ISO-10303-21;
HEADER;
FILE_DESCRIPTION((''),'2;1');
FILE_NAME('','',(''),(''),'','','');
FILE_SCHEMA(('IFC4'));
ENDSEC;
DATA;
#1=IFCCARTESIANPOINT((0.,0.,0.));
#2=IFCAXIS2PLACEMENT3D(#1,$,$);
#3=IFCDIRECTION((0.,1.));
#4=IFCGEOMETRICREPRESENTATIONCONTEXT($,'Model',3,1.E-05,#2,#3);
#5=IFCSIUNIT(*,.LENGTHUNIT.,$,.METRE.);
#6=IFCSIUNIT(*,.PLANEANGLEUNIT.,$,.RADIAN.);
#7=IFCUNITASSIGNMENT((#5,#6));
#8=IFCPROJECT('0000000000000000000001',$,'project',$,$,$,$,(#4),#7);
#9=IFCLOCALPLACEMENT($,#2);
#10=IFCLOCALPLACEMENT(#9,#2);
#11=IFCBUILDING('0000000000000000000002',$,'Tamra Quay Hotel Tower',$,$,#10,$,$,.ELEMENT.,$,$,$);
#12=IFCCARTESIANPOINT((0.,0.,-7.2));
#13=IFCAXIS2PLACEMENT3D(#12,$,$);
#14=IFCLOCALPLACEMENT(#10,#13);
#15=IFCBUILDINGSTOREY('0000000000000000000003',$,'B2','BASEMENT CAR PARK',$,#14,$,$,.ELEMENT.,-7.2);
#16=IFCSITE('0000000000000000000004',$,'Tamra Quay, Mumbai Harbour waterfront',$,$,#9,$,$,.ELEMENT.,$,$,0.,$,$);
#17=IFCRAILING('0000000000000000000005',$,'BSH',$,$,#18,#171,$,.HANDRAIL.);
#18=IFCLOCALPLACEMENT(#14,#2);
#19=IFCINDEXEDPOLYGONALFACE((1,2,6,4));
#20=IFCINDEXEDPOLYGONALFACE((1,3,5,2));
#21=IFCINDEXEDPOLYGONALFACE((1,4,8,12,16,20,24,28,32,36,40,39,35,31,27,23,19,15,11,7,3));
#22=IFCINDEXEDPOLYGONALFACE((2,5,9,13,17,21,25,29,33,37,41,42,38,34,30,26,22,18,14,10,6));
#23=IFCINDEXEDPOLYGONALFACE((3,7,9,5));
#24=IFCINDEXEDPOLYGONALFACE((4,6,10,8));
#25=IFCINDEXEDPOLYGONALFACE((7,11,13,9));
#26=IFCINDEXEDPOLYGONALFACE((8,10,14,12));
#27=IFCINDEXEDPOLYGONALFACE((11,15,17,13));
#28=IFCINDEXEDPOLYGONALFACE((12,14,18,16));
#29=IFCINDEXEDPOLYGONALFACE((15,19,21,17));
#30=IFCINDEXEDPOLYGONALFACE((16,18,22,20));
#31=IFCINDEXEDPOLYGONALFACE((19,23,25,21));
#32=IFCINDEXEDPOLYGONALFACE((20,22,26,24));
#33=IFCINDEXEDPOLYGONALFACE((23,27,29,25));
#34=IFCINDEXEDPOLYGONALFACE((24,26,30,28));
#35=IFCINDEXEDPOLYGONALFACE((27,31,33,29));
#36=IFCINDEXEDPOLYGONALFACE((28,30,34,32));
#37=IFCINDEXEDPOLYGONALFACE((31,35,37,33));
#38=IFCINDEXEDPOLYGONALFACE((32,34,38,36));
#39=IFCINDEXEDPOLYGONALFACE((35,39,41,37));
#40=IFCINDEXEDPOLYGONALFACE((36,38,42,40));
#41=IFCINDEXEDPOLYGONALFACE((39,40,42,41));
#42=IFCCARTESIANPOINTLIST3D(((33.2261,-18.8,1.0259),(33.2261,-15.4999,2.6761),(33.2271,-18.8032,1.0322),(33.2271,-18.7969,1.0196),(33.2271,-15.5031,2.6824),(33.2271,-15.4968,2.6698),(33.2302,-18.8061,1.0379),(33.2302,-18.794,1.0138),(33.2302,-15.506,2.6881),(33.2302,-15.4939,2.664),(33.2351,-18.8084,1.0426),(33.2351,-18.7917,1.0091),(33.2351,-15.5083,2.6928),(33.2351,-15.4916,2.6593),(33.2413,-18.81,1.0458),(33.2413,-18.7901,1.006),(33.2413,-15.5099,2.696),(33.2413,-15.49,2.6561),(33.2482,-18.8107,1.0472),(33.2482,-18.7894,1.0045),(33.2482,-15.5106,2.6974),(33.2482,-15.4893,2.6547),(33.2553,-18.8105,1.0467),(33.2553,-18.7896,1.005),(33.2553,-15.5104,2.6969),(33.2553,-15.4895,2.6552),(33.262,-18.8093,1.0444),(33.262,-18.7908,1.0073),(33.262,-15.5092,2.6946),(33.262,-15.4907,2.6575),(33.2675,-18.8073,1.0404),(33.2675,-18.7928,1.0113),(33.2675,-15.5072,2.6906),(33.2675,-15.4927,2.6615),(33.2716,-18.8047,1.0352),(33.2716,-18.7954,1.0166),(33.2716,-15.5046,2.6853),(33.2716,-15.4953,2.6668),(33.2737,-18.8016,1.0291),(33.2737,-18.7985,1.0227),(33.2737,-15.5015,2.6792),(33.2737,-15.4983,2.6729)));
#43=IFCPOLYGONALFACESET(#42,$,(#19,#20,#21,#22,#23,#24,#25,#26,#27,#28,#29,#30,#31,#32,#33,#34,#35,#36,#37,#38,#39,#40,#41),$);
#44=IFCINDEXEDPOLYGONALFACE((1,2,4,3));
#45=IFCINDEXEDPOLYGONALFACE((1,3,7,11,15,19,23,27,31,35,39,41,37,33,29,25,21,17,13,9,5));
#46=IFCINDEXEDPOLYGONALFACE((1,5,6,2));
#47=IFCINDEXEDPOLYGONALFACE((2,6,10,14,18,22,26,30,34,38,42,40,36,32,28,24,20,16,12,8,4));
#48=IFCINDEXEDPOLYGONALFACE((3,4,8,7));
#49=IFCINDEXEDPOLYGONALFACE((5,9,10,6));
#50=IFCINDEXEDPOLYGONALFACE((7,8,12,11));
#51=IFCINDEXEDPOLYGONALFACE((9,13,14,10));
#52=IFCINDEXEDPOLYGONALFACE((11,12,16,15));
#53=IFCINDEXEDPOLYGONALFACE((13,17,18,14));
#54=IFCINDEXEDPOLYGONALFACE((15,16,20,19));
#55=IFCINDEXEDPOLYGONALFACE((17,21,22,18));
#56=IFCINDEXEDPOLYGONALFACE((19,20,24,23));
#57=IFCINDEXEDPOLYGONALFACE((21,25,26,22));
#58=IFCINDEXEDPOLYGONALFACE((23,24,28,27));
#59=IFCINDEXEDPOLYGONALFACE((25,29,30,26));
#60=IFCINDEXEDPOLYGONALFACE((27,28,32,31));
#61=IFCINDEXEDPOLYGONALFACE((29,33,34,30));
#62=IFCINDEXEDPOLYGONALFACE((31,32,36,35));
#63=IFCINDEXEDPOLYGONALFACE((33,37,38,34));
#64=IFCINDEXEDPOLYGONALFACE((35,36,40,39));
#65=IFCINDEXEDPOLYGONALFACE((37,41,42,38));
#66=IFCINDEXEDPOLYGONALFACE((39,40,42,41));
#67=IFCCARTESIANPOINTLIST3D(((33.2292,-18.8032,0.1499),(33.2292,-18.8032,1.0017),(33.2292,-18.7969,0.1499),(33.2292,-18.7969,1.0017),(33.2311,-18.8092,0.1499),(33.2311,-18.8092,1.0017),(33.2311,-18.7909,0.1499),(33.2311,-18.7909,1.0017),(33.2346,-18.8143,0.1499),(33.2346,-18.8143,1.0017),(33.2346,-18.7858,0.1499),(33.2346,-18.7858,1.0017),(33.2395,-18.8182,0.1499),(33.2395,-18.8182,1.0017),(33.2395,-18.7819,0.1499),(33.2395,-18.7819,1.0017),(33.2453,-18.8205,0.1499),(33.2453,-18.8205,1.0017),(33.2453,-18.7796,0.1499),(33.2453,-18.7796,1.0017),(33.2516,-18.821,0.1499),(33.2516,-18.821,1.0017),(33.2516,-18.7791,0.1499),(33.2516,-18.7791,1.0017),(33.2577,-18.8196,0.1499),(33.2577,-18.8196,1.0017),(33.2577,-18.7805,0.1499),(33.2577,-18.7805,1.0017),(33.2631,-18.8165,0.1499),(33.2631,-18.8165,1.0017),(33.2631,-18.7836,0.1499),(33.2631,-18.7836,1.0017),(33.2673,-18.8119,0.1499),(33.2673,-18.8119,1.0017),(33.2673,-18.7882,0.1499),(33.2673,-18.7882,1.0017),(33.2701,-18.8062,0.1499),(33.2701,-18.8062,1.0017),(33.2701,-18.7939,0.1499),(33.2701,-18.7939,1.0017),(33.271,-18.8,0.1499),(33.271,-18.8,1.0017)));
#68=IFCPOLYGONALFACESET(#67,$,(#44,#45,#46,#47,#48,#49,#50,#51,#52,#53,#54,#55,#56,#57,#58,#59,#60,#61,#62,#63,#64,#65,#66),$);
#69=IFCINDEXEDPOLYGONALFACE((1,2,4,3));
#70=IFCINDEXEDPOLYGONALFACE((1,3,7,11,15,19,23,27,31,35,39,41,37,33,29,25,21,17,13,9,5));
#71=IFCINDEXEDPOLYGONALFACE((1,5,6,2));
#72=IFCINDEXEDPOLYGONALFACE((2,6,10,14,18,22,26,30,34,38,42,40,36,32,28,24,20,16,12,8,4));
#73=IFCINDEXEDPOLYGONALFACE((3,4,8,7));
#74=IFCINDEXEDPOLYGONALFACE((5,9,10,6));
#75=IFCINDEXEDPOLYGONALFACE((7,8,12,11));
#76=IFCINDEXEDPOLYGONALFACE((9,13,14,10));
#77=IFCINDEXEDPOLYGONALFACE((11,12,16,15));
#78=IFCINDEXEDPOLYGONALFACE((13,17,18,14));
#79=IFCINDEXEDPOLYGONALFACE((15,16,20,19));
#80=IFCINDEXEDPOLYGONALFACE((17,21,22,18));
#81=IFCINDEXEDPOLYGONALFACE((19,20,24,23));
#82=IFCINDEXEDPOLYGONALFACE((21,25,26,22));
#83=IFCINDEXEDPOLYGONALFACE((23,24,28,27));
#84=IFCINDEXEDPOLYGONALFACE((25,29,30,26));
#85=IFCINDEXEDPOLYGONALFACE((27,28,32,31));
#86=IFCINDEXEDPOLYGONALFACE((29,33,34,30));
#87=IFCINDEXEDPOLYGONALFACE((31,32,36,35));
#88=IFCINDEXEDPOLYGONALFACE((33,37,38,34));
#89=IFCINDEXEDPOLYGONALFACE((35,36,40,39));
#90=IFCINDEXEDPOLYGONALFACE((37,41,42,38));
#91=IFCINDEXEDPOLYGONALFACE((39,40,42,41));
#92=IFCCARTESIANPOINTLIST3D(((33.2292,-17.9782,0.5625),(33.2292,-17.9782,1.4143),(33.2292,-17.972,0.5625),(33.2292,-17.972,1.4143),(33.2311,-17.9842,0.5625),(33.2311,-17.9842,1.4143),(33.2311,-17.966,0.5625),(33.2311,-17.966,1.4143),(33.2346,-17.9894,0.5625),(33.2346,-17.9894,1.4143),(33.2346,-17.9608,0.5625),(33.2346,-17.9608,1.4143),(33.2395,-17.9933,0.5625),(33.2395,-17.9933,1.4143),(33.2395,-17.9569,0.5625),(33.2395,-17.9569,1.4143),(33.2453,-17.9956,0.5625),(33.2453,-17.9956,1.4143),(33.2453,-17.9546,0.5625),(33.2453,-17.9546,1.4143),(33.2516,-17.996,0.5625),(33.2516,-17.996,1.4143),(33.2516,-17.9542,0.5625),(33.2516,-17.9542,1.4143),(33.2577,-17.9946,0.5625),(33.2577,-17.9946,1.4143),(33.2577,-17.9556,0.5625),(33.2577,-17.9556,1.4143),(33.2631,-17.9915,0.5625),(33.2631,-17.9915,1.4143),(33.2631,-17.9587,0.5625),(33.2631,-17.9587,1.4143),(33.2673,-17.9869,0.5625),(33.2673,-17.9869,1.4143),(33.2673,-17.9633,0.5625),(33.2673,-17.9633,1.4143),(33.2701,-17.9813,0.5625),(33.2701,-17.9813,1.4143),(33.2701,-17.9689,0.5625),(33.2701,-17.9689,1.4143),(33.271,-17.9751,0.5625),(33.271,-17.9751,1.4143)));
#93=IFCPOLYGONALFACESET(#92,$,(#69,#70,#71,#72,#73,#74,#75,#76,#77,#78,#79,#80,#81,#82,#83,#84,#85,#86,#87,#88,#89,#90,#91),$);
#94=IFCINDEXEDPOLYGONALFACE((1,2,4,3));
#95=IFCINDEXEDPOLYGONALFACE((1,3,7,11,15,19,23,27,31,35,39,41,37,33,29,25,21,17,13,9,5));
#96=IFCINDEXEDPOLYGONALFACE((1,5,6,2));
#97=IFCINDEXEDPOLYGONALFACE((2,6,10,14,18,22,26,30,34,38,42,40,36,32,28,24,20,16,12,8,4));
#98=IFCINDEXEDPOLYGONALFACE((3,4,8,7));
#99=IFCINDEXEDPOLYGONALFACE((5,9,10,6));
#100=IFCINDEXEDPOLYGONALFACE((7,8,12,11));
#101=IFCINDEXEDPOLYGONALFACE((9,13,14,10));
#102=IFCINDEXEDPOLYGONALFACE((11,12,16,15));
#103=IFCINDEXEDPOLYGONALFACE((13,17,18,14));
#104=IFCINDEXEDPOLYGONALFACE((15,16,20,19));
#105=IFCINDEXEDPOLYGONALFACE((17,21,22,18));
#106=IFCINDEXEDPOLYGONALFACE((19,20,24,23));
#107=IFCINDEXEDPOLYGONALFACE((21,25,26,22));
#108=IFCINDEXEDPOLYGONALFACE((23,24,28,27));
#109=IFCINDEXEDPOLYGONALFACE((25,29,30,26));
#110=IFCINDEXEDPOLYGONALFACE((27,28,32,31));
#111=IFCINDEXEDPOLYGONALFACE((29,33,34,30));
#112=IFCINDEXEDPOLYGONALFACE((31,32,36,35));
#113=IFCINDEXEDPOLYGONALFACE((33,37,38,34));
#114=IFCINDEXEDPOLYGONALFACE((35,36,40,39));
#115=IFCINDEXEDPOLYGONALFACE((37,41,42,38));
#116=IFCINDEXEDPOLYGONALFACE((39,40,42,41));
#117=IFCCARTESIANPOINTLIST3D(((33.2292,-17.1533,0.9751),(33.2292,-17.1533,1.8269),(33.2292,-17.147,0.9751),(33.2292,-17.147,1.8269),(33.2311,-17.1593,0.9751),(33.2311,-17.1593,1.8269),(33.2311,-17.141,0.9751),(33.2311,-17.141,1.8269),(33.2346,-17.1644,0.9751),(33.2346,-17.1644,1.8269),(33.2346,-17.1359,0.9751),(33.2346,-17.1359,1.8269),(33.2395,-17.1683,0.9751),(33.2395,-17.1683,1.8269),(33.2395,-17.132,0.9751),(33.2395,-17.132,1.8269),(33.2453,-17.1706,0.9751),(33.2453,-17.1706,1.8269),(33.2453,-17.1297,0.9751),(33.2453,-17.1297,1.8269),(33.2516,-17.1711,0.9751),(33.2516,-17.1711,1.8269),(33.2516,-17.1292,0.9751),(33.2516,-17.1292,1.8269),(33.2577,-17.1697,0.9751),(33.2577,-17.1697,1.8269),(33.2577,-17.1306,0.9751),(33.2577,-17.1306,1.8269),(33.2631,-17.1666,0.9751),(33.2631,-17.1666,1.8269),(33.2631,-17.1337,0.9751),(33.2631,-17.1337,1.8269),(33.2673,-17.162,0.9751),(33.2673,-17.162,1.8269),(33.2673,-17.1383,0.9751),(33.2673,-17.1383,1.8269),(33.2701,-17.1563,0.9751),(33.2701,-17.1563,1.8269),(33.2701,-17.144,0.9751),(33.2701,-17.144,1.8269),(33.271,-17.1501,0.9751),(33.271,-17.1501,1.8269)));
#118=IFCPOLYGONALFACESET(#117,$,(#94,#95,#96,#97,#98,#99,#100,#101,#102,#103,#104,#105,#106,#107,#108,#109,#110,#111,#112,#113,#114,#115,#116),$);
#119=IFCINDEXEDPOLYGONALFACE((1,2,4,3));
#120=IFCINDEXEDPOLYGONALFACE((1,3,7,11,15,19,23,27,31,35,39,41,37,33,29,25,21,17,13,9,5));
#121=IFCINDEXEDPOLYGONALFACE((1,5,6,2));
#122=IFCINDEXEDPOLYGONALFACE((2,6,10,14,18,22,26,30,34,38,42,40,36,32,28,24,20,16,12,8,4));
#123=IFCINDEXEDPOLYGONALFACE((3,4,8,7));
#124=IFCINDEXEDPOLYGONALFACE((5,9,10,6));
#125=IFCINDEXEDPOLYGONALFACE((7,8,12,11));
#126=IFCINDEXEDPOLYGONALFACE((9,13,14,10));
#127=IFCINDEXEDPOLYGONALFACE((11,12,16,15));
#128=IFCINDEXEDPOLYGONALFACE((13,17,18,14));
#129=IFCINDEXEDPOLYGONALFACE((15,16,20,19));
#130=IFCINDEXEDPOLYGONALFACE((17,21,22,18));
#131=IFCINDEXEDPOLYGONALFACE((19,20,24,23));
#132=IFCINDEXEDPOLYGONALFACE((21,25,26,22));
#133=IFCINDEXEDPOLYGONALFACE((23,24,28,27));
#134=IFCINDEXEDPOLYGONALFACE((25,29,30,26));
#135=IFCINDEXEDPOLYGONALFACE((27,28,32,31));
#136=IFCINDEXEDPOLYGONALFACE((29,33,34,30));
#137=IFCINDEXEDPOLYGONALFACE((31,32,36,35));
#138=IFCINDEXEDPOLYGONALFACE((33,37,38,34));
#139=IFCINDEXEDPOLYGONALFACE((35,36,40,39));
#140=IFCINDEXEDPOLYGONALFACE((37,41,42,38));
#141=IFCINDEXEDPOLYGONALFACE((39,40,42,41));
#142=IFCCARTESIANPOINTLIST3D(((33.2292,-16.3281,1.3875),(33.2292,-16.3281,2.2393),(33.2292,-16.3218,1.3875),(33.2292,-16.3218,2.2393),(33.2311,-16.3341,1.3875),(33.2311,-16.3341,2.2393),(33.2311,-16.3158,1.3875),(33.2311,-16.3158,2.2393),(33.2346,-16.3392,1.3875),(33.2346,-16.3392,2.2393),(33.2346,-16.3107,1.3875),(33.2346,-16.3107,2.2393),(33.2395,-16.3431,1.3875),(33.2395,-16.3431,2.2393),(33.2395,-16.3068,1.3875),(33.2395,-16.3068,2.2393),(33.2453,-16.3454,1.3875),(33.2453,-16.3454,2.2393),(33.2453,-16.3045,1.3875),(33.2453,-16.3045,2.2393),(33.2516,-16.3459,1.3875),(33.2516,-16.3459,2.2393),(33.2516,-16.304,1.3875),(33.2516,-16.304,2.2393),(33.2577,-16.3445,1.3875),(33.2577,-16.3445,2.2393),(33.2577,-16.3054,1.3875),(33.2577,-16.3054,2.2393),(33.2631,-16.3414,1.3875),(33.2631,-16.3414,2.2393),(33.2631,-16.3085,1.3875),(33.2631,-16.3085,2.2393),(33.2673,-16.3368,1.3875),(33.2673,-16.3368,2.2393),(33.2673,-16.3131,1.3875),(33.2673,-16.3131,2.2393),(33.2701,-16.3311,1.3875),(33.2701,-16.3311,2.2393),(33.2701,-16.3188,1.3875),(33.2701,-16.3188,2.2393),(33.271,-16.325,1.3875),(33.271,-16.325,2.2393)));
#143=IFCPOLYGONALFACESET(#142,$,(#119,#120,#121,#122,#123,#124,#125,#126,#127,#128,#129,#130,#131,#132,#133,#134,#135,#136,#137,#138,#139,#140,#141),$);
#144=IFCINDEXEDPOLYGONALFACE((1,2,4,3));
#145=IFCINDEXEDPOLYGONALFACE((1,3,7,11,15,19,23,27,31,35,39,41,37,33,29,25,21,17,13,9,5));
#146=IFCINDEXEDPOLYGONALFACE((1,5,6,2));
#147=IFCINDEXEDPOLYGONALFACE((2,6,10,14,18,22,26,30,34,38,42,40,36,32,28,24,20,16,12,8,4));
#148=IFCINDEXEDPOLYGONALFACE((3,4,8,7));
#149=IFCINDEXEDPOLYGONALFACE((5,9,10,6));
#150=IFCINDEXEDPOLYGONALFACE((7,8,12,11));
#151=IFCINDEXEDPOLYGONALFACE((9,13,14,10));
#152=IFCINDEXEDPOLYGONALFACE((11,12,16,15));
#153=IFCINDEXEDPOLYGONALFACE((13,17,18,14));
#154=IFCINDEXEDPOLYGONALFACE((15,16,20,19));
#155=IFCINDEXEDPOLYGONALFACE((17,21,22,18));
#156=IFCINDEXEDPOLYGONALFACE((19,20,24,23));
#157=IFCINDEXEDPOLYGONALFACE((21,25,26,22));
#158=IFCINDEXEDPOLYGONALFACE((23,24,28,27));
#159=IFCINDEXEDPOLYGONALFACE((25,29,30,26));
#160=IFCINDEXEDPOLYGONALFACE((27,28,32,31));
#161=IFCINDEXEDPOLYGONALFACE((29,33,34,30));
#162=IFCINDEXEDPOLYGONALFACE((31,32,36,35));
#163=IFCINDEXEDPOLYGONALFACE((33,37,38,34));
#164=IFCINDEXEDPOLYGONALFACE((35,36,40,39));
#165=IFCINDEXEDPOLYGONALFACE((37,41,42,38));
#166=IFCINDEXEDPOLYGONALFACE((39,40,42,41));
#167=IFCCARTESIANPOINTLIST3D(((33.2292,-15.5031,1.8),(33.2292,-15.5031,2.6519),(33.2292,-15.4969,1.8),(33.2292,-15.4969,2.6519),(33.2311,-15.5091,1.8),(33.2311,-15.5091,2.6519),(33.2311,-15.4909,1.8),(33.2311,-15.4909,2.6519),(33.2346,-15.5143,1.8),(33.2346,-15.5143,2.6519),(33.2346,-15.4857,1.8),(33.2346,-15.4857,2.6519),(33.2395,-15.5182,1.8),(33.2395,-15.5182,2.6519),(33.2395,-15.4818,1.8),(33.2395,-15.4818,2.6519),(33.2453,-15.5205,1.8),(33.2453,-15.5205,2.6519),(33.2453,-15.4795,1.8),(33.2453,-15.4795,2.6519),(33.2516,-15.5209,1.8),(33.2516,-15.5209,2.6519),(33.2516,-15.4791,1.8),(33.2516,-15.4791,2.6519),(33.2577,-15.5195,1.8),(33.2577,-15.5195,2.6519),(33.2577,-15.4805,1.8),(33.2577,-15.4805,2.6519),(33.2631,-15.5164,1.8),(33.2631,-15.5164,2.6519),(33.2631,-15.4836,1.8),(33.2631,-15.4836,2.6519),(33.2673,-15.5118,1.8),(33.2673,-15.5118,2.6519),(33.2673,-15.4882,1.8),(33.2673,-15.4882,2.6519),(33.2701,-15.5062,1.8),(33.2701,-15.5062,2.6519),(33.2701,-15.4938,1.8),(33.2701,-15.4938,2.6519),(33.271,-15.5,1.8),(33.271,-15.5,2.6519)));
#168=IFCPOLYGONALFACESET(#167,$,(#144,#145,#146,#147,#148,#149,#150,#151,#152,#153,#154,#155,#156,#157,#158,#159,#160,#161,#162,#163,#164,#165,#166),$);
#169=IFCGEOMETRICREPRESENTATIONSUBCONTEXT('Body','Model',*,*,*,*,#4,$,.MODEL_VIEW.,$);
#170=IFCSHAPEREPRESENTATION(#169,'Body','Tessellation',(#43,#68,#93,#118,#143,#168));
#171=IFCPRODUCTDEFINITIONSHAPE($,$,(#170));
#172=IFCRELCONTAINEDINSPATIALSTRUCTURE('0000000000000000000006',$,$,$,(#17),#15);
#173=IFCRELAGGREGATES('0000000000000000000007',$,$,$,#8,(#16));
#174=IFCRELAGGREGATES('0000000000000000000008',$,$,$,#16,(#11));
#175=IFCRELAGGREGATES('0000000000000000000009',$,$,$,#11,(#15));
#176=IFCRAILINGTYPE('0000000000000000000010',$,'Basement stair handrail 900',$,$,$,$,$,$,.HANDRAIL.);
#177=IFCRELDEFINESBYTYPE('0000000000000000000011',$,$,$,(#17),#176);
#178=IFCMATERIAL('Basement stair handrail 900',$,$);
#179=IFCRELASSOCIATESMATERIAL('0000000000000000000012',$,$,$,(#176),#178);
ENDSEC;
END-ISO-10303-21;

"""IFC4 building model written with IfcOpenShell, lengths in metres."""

from ifc_helpers import new_model, si_unit, direction, frame, origin, origin_2d, place, context, subcontext, project, spatial, circle, extrude, material, type_object, element, save


model = new_model("IFC4")

# Units and contexts
model_context = context("Model", 3, precision=1e-05, world=origin(), true_north=direction((0.0, 1.0)))
body_context = subcontext(model_context, "Body", "Model", "MODEL_VIEW")
ifc_project = project(units=[si_unit("LENGTHUNIT", "METRE"), si_unit("PLANEANGLEUNIT", "RADIAN")], contexts=[model_context])

# Site, building, storey
site_placement = place(None, origin())
site = spatial("IfcSite", under=ifc_project, at=site_placement, Name="Tamra Quay, Mumbai Harbour waterfront", CompositionType="ELEMENT", RefElevation=0.0)
building_placement = place(site_placement, origin())
building = spatial("IfcBuilding", under=site, at=building_placement, Name="Tamra Quay Hotel Tower", CompositionType="ELEMENT")
storey_placement = place(building_placement, frame((0.0, 0.0, -7.2)))
storey = spatial("IfcBuildingStorey", under=building, at=storey_placement, Name="B2", Description="BASEMENT CAR PARK", CompositionType="ELEMENT", Elevation=-7.2)

# Railing
ifc_material_1 = material(Name="Basement stair handrail 900")
railing_type_1 = type_object("IfcRailingType", Name="Basement stair handrail 900", PredefinedType="HANDRAIL", material=ifc_material_1)
railing_1_placement = place(storey_placement, frame((33.25, -18.8, 0.1499)))
element("IfcRailing", 1, at=railing_1_placement, inside=storey, type_object=railing_type_1, Name="BSH", PredefinedType="HANDRAIL", context=body_context, shape_type="SweptSolid", body=[
    extrude(circle(Radius=0.0239, at=origin_2d()), frame((0.0, 0.0, 0.876), z_axis=(0.0, 0.894414, 0.44724), x_axis=(-1.0, 0.0, 0.0)), (0.0, 0.0, 1.0), 3.6897),
    extrude(circle(Radius=0.021, at=origin_2d()), origin(), (0.0, 0.0, 1.0), 0.8518),
    extrude(circle(Radius=0.021, at=origin_2d()), frame((0.0, 0.825, 0.4126)), (0.0, 0.0, 1.0), 0.8518),
    extrude(circle(Radius=0.021, at=origin_2d()), frame((0.0, 1.6499, 0.8252)), (0.0, 0.0, 1.0), 0.8518),
    extrude(circle(Radius=0.021, at=origin_2d()), frame((0.0, 2.4751, 1.2375)), (0.0, 0.0, 1.0), 0.8518),
    extrude(circle(Radius=0.021, at=origin_2d()), frame((0.0, 3.3, 1.6501)), (0.0, 0.0, 1.0), 0.8518),
])

save(model, "model.ifc")
